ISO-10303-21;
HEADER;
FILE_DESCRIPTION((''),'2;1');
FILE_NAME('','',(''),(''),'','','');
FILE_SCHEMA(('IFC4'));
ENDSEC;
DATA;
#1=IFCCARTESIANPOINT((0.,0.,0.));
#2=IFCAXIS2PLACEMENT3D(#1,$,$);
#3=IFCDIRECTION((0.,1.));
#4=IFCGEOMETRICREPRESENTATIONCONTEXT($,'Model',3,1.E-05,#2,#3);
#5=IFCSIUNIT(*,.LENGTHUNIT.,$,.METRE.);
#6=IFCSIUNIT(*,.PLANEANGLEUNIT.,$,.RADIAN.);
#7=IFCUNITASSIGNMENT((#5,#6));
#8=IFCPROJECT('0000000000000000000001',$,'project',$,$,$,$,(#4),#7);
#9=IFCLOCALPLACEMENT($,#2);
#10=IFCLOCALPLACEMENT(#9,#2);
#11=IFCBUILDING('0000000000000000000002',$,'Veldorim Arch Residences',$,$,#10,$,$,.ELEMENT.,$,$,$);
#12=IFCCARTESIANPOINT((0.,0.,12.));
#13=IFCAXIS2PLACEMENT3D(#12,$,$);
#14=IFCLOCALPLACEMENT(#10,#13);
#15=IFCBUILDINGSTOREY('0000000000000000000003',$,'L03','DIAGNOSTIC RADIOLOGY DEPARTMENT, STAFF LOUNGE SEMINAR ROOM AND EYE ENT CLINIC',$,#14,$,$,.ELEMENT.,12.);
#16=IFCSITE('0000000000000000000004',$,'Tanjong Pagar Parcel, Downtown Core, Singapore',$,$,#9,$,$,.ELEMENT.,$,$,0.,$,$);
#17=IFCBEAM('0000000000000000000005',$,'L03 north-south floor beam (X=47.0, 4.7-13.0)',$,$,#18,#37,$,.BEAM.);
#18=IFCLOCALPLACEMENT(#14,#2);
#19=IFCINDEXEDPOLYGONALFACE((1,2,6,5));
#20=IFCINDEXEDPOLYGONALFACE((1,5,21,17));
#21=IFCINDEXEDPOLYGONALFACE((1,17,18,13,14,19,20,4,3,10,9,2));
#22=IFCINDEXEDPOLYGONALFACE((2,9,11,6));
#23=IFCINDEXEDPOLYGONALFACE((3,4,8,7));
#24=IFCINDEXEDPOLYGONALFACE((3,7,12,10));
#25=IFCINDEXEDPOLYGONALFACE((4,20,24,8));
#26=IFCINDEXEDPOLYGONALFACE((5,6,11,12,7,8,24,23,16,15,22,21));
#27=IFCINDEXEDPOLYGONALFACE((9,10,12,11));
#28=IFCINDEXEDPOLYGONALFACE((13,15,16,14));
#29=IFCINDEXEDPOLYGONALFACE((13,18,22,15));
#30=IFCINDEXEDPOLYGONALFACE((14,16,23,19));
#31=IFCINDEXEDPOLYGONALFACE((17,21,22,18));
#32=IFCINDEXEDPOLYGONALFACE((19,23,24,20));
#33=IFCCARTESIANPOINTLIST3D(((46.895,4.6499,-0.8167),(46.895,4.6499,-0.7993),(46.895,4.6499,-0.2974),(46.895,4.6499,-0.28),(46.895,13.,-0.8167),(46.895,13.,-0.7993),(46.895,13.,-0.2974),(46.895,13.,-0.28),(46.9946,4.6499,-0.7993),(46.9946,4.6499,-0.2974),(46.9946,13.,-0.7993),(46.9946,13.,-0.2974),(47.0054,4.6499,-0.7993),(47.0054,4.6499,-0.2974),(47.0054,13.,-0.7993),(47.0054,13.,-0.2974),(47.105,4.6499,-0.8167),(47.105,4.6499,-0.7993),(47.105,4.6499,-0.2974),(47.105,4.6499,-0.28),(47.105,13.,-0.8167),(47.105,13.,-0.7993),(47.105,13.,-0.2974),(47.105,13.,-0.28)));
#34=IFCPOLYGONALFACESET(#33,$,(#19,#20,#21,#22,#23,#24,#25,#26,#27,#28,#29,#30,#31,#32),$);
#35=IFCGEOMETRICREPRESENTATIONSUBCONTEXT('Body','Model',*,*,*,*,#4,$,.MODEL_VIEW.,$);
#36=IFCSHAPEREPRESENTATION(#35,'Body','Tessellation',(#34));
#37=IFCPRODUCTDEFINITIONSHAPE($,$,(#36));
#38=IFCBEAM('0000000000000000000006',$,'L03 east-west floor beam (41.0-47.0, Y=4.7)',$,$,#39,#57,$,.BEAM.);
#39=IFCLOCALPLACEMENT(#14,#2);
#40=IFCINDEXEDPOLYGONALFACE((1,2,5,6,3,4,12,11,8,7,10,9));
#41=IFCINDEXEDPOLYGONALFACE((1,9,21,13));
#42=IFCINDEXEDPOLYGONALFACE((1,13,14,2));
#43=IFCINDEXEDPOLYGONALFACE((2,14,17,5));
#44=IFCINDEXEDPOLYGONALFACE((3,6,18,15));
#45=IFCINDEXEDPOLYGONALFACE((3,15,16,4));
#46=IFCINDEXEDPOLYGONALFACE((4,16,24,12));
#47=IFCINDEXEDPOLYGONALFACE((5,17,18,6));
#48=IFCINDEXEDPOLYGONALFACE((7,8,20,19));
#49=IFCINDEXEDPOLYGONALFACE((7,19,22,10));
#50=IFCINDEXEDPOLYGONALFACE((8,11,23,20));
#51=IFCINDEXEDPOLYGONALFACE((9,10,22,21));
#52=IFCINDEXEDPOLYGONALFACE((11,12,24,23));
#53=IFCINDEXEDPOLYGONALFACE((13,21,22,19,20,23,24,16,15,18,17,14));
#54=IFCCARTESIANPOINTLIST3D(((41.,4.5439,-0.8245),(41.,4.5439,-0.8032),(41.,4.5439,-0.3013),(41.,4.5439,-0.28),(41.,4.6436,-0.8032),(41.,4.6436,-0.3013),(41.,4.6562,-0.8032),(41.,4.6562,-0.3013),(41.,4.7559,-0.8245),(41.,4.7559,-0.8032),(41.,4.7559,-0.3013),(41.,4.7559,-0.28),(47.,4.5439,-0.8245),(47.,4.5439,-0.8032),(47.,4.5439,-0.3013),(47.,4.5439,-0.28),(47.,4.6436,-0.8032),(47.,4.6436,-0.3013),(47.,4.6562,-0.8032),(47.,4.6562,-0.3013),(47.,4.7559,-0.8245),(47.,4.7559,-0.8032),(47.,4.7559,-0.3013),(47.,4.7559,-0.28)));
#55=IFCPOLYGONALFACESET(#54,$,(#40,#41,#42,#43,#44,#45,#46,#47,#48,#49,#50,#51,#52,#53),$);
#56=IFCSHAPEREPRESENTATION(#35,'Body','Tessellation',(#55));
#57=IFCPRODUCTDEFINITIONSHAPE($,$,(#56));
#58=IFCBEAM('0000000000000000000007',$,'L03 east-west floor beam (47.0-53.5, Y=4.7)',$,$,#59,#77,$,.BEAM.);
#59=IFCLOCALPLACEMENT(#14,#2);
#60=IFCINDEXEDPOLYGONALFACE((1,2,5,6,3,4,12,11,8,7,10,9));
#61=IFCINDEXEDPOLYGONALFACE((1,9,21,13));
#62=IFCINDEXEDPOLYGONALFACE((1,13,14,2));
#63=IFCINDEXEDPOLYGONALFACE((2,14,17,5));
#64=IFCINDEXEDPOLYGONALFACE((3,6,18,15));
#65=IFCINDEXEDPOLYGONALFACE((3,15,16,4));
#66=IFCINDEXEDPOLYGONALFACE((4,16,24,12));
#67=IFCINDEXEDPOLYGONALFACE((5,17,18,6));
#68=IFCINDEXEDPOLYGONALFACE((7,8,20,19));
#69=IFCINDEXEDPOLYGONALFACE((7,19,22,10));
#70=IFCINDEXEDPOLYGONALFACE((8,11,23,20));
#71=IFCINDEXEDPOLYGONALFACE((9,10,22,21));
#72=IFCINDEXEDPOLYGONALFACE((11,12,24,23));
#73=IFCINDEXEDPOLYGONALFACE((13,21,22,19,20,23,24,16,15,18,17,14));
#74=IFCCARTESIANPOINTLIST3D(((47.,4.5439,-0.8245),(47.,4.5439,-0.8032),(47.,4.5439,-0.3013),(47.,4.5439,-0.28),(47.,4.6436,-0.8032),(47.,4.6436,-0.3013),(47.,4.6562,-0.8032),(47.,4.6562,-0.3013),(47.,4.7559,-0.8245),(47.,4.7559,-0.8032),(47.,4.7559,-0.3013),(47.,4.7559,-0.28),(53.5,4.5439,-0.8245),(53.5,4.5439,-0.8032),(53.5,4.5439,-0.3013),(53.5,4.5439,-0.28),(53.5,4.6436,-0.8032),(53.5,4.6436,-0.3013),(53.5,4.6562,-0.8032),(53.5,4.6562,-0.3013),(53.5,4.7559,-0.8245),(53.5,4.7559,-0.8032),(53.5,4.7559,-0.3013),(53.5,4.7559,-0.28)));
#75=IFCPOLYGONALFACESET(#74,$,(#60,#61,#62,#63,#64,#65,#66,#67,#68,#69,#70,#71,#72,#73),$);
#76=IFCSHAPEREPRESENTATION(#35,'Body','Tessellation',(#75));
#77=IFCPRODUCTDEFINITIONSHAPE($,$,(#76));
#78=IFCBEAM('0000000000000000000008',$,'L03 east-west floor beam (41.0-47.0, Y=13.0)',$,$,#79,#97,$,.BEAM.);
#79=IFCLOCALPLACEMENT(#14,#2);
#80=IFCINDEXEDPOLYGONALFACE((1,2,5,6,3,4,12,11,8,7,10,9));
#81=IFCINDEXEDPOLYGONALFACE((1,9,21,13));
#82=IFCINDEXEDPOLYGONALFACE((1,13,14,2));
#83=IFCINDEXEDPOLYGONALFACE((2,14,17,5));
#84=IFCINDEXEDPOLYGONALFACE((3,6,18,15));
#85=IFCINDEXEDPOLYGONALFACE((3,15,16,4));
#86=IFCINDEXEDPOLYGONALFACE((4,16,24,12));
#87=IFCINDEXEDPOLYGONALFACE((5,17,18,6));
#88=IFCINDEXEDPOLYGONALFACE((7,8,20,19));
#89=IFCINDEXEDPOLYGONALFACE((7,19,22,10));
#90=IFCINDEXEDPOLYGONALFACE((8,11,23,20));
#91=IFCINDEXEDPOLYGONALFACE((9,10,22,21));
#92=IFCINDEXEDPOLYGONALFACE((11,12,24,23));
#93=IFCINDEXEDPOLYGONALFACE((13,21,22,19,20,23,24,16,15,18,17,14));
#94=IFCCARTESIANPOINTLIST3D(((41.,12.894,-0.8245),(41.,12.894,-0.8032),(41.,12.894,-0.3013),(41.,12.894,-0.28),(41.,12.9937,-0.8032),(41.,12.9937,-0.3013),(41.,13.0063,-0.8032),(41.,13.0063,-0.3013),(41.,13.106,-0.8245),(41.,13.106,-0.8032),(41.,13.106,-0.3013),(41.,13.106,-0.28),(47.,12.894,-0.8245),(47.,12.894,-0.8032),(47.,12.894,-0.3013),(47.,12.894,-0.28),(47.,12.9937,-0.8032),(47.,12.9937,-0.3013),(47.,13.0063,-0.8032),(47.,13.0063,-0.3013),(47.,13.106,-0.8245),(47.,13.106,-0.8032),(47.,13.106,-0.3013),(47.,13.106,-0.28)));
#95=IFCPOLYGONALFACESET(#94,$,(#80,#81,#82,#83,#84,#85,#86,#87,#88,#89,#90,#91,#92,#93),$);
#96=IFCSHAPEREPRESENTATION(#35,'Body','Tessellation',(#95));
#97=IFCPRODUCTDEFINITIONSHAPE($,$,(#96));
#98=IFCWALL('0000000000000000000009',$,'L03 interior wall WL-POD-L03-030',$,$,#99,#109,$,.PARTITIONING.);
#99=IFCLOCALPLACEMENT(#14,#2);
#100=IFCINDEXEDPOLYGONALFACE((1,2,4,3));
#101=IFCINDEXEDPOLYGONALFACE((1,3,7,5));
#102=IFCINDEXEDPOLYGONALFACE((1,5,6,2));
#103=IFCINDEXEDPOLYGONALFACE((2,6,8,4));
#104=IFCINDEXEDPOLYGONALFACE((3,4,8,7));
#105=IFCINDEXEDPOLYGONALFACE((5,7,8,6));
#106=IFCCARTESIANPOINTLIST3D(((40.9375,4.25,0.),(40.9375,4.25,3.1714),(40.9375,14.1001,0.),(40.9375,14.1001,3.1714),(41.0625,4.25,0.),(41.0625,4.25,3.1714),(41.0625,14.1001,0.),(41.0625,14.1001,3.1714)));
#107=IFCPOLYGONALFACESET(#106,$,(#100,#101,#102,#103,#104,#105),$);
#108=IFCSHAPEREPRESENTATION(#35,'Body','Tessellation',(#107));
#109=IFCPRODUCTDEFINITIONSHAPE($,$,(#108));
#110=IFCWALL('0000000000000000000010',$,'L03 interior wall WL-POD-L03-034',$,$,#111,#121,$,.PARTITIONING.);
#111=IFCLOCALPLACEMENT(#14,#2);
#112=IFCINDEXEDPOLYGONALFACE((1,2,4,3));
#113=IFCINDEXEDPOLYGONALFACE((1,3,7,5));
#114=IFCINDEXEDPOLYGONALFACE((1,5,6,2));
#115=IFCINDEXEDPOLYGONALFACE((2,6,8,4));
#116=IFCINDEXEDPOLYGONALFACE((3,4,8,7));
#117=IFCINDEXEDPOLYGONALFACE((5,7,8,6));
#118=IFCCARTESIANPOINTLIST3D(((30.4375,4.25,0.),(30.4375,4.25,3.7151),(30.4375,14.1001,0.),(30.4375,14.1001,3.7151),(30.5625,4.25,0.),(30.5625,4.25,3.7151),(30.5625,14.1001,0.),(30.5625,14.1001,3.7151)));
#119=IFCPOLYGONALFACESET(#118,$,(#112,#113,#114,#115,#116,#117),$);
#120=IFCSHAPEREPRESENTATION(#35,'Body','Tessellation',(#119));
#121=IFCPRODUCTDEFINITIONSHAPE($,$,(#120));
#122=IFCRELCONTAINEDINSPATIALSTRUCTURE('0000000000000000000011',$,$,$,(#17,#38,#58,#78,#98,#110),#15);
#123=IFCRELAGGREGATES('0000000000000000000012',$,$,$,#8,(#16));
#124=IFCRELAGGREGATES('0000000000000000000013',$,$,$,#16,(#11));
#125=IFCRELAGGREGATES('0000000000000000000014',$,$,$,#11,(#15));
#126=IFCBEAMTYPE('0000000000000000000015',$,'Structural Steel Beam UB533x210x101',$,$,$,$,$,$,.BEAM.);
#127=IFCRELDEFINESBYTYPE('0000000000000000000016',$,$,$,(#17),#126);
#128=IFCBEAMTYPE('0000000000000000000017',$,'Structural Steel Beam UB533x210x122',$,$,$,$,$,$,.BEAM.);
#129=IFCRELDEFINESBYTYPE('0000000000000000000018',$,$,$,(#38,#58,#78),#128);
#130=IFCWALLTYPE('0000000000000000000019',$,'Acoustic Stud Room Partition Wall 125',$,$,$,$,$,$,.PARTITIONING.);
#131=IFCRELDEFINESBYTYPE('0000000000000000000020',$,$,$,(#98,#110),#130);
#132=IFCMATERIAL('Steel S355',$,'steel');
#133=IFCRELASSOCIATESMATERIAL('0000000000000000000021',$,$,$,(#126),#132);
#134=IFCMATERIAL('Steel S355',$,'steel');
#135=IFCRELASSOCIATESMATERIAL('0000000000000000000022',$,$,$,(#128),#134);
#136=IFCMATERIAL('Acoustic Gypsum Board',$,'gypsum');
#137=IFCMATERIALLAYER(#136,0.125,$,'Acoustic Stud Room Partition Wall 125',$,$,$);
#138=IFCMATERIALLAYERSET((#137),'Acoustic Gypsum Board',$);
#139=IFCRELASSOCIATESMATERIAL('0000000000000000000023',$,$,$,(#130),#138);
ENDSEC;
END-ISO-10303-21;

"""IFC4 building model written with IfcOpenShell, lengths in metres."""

from ifc_helpers import new_model, si_unit, direction, frame, frame_2d, origin, origin_2d, place, context, subcontext, project, spatial, rectangle, i_section, extrude, material, layer, layer_set, material_profile, profile_set, type_object, element, save


model = new_model("IFC4")

# Units and contexts
model_context = context("Model", 3, precision=1e-05, world=origin(), true_north=direction((0.0, 1.0)))
body_context = subcontext(model_context, "Body", "Model", "MODEL_VIEW")
ifc_project = project(units=[si_unit("LENGTHUNIT", "METRE"), si_unit("PLANEANGLEUNIT", "RADIAN")], contexts=[model_context])

# Site, building, storey
site_placement = place(None, origin())
site = spatial("IfcSite", under=ifc_project, at=site_placement, Name="Tanjong Pagar Parcel, Downtown Core, Singapore", CompositionType="ELEMENT", RefElevation=0.0)
building_placement = place(site_placement, origin())
building = spatial("IfcBuilding", under=site, at=building_placement, Name="Veldorim Arch Residences", CompositionType="ELEMENT")
storey_placement = place(building_placement, frame((0.0, 0.0, 12.0)))
storey = spatial("IfcBuildingStorey", under=building, at=storey_placement, Name="L03", Description="DIAGNOSTIC RADIOLOGY DEPARTMENT, STAFF LOUNGE SEMINAR ROOM AND EYE ENT CLINIC", CompositionType="ELEMENT", Elevation=12.0)

# Beams
ifc_material_1 = material(Name="Steel S355", Category="steel")
ifc_material_profile_1 = material_profile(ifc_material_1, i_section(OverallWidth=0.21, OverallDepth=0.5366, WebThickness=0.0107, FlangeThickness=0.0173, at=origin_2d()), Name="UB533x210x101")
ifc_profile_set_1 = profile_set([ifc_material_profile_1], Name="Steel S355")
beam_type_1 = type_object("IfcBeamType", Name="Structural Steel Beam UB533x210x101", PredefinedType="BEAM", material=ifc_profile_set_1)
beam_1_placement = place(storey_placement, frame((47.0, 4.6499, -0.5483), z_axis=(0.0, 1.0, 0.0), x_axis=(-1.0, 0.0, 0.0)))
element("IfcBeam", 1, at=beam_1_placement, inside=storey, type_object=beam_type_1, Name="L03 north-south floor beam (X=47.0, 4.7-13.0)", PredefinedType="BEAM", context=body_context, shape_type="SweptSolid", body=[
    extrude(i_section(OverallWidth=0.21, OverallDepth=0.5366, WebThickness=0.0107, FlangeThickness=0.0173, at=origin_2d()), origin(), (0.0, 0.0, 1.0), 8.3501),
])
ifc_material_2 = material(Name="Steel S355", Category="steel")
ifc_material_profile_2 = material_profile(ifc_material_2, i_section(OverallWidth=0.2119, OverallDepth=0.5444, WebThickness=0.0127, FlangeThickness=0.0212, at=origin_2d()), Name="UB533x210x122")
ifc_profile_set_2 = profile_set([ifc_material_profile_2], Name="Steel S355")
beam_type_2 = type_object("IfcBeamType", Name="Structural Steel Beam UB533x210x122", PredefinedType="BEAM", material=ifc_profile_set_2)
beam_2_placement = place(storey_placement, frame((41.0, 4.6499, -0.5522), z_axis=(1.0, 0.0, 0.0), x_axis=(0.0, 1.0, 0.0)))
element("IfcBeam", 2, at=beam_2_placement, inside=storey, type_object=beam_type_2, Name="L03 east-west floor beam (41.0-47.0, Y=4.7)", PredefinedType="BEAM", context=body_context, shape_type="SweptSolid", body=[
    extrude(i_section(OverallWidth=0.2119, OverallDepth=0.5444, WebThickness=0.0127, FlangeThickness=0.0212, at=origin_2d()), origin(), (0.0, 0.0, 1.0), 6.0),
])
beam_3_placement = place(storey_placement, frame((47.0, 4.6499, -0.5522), z_axis=(1.0, 0.0, 0.0), x_axis=(0.0, 1.0, 0.0)))
element("IfcBeam", 3, at=beam_3_placement, inside=storey, type_object=beam_type_2, Name="L03 east-west floor beam (47.0-53.5, Y=4.7)", PredefinedType="BEAM", context=body_context, shape_type="SweptSolid", body=[
    extrude(i_section(OverallWidth=0.2119, OverallDepth=0.5444, WebThickness=0.0127, FlangeThickness=0.0212, at=origin_2d()), origin(), (0.0, 0.0, 1.0), 6.5),
])
beam_4_placement = place(storey_placement, frame((41.0, 13.0, -0.5522), z_axis=(1.0, 0.0, 0.0), x_axis=(0.0, 1.0, 0.0)))
element("IfcBeam", 4, at=beam_4_placement, inside=storey, type_object=beam_type_2, Name="L03 east-west floor beam (41.0-47.0, Y=13.0)", PredefinedType="BEAM", context=body_context, shape_type="SweptSolid", body=[
    extrude(i_section(OverallWidth=0.2119, OverallDepth=0.5444, WebThickness=0.0127, FlangeThickness=0.0212, at=origin_2d()), origin(), (0.0, 0.0, 1.0), 6.0),
])

# Walls
ifc_material_3 = material(Name="Acoustic Gypsum Board", Category="gypsum")
ifc_layer_1 = layer(ifc_material_3, 0.125, Name="Acoustic Stud Room Partition Wall 125")
ifc_layer_set_1 = layer_set([ifc_layer_1], Name="Acoustic Gypsum Board")
wall_type_1 = type_object("IfcWallType", Name="Acoustic Stud Room Partition Wall 125", PredefinedType="PARTITIONING", material=ifc_layer_set_1)
wall_1_placement = place(storey_placement, frame((41.0, 4.25, 0.0), z_axis=(0.0, 0.0, 1.0), x_axis=(0.0, 1.0, 0.0)))
element("IfcWall", 5, at=wall_1_placement, inside=storey, type_object=wall_type_1, Name="L03 interior wall WL-POD-L03-030", PredefinedType="PARTITIONING", context=body_context, shape_type="SweptSolid", body=[
    extrude(rectangle(XDim=9.8501, YDim=0.125, at=frame_2d((4.925, 0.0))), origin(), (0.0, 0.0, 1.0), 3.1714),
])
wall_2_placement = place(storey_placement, frame((30.5, 14.1001, 0.0), z_axis=(0.0, 0.0, 1.0), x_axis=(0.0, -1.0, 0.0)))
element("IfcWall", 6, at=wall_2_placement, inside=storey, type_object=wall_type_1, Name="L03 interior wall WL-POD-L03-034", PredefinedType="PARTITIONING", context=body_context, shape_type="SweptSolid", body=[
    extrude(rectangle(XDim=9.8501, YDim=0.125, at=frame_2d((4.925, 0.0))), origin(), (0.0, 0.0, 1.0), 3.7151),
])

save(model, "model.ifc")
